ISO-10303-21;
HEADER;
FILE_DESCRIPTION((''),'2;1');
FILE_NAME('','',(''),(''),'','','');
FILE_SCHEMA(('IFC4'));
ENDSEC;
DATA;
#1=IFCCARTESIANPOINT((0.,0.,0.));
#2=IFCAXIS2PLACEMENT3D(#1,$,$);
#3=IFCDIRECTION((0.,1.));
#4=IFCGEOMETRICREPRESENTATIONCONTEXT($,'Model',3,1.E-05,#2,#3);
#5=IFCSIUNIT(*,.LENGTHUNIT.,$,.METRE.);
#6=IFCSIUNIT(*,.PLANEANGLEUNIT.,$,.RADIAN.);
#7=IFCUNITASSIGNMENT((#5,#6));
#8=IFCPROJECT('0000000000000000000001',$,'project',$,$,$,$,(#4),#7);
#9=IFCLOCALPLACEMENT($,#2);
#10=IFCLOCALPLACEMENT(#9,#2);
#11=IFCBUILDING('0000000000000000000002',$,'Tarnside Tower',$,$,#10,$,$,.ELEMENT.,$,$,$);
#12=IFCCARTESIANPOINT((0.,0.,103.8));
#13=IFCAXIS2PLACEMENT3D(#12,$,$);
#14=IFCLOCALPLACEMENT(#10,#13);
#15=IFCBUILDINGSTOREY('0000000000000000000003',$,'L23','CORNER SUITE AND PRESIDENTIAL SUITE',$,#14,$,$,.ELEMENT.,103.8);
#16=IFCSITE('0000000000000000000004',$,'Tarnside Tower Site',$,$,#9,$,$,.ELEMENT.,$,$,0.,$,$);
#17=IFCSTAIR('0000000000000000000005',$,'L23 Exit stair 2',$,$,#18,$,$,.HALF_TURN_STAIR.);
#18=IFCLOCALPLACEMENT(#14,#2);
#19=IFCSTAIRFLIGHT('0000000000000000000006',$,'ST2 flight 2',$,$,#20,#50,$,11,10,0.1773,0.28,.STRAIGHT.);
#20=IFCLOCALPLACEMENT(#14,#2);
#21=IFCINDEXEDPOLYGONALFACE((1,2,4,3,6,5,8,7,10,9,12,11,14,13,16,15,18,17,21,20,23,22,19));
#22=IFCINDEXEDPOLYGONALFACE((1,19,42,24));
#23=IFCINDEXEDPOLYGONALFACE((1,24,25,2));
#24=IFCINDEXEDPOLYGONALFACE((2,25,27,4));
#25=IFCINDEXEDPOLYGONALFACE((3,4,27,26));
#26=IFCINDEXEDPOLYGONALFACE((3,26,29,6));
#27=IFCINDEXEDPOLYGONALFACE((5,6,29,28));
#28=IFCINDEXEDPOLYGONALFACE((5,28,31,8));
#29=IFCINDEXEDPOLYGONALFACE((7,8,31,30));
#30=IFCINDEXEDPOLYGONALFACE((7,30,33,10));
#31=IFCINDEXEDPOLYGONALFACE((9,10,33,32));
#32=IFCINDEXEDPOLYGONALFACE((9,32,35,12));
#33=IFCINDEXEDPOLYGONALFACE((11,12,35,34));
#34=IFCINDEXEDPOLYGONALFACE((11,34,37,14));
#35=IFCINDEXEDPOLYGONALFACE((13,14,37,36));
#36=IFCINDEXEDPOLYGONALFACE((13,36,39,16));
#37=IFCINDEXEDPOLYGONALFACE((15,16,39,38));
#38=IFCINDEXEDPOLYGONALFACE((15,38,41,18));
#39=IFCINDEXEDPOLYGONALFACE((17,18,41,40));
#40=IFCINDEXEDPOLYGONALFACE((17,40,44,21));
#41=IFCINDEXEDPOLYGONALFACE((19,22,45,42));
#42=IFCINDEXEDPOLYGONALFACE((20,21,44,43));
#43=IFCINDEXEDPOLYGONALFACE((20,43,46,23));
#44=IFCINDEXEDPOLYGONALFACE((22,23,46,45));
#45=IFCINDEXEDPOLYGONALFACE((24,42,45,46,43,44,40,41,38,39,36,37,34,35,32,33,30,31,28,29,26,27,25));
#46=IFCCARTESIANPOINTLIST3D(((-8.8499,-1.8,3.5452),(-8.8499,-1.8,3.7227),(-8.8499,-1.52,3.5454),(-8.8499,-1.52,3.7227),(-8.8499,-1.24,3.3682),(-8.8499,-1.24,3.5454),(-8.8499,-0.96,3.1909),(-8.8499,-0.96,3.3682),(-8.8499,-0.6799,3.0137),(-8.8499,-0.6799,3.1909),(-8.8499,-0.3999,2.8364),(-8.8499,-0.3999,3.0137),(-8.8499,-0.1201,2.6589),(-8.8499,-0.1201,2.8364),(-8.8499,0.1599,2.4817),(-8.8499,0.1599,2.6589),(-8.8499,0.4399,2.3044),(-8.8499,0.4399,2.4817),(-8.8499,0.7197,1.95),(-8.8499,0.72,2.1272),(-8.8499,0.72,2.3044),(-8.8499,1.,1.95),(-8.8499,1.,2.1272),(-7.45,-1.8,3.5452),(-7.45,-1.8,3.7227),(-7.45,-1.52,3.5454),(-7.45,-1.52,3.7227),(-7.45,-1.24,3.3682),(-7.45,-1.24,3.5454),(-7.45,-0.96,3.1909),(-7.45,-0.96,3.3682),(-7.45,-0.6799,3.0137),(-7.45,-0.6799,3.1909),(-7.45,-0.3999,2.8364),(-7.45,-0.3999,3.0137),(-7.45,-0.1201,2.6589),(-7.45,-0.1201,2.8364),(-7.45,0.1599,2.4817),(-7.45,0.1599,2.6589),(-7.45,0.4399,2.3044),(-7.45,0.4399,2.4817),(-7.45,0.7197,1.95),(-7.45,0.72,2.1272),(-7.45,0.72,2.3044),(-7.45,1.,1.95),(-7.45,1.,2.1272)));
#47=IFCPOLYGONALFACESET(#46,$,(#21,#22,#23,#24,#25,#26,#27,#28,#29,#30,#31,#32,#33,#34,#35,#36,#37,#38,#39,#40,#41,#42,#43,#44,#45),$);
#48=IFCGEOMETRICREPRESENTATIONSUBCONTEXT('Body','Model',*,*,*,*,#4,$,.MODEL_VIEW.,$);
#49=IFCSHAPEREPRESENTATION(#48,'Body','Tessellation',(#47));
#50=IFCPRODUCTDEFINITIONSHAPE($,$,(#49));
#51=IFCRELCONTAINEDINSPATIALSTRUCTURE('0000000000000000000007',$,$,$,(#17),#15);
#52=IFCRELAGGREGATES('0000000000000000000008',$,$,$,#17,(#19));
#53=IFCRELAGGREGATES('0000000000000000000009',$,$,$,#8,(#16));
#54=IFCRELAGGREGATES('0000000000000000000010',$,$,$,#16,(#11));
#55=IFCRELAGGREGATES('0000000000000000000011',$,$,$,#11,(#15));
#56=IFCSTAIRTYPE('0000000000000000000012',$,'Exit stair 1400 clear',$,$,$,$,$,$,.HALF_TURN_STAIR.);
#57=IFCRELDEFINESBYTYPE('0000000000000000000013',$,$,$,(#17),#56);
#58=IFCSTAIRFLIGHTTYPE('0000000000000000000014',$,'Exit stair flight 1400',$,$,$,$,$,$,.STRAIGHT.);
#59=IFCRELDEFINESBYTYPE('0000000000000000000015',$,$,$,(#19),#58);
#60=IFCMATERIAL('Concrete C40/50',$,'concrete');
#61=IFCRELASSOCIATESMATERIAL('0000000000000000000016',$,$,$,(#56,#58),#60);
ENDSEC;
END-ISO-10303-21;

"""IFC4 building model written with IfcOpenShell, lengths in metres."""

from ifc_helpers import new_model, si_unit, direction, frame, origin, place, context, subcontext, project, spatial, polyline, outline, extrude, material, type_object, element, aggregate, save


model = new_model("IFC4")

# Units and contexts
model_context = context("Model", 3, precision=1e-05, world=origin(), true_north=direction((0.0, 1.0)))
body_context = subcontext(model_context, "Body", "Model", "MODEL_VIEW")
ifc_project = project(units=[si_unit("LENGTHUNIT", "METRE"), si_unit("PLANEANGLEUNIT", "RADIAN")], contexts=[model_context])

# Site, building, storey
site_placement = place(None, origin())
site = spatial("IfcSite", under=ifc_project, at=site_placement, Name="Tarnside Tower Site", CompositionType="ELEMENT", RefElevation=0.0)
building_placement = place(site_placement, origin())
building = spatial("IfcBuilding", under=site, at=building_placement, Name="Tarnside Tower", CompositionType="ELEMENT")
storey_placement = place(building_placement, frame((0.0, 0.0, 103.8)))
storey = spatial("IfcBuildingStorey", under=building, at=storey_placement, Name="L23", Description="CORNER SUITE AND PRESIDENTIAL SUITE", CompositionType="ELEMENT", Elevation=103.8)

# Shared definitions
ifc_material_1 = material(Name="Concrete C40/50", Category="concrete")

# Stair
stair_type = type_object("IfcStairType", Name="Exit stair 1400 clear", PredefinedType="HALF_TURN_STAIR", material=ifc_material_1)
stair_1_placement = place(storey_placement, origin())
stair_1 = element("IfcStair", 1, at=stair_1_placement, inside=storey, type_object=stair_type, Name="L23 Exit stair 2", PredefinedType="HALF_TURN_STAIR")

# Stair flight
stair_flight_type = type_object("IfcStairFlightType", Name="Exit stair flight 1400", PredefinedType="STRAIGHT", material=ifc_material_1)
stair_flight_placement = place(storey_placement, frame((-8.1499, 1.0, 1.95), z_axis=(0.0, 0.0, 1.0), x_axis=(0.0, -1.0, 0.0)))
stair_flight = element("IfcStairFlight", 2, at=stair_flight_placement, type_object=stair_flight_type, Name="ST2 flight 2", NumberOfRisers=11, NumberOfTreads=10, PredefinedType="STRAIGHT", RiserHeight=0.1773, TreadLength=0.28, context=body_context, shape_type="SweptSolid", body=[
    extrude(outline(polyline([(0.0, 0.0), (0.0, 0.1772), (0.28, 0.1772), (0.28, 0.3545), (0.5601, 0.3545), (0.5601, 0.5317), (0.8401, 0.5317), (0.8401, 0.709), (1.1201, 0.709), (1.1201, 0.8865), (1.3999, 0.8865), (1.3999, 1.0637), (1.6799, 1.0637), (1.6799, 1.241), (1.96, 1.241), (1.96, 1.4182), (2.24, 1.4182), (2.24, 1.5955), (2.52, 1.5955), (2.52, 1.7727), (2.8, 1.7727), (2.8, 1.95), (2.8, 1.5952), (0.2803, 0.0), (0.0, 0.0)])), frame((0.0, 0.7, 0.0), z_axis=(0.0, -1.0, 0.0), x_axis=(1.0, 0.0, 0.0)), (0.0, 0.0, 1.0), 1.3999),
])
aggregate(stair_1, [stair_flight])

save(model, "model.ifc")
